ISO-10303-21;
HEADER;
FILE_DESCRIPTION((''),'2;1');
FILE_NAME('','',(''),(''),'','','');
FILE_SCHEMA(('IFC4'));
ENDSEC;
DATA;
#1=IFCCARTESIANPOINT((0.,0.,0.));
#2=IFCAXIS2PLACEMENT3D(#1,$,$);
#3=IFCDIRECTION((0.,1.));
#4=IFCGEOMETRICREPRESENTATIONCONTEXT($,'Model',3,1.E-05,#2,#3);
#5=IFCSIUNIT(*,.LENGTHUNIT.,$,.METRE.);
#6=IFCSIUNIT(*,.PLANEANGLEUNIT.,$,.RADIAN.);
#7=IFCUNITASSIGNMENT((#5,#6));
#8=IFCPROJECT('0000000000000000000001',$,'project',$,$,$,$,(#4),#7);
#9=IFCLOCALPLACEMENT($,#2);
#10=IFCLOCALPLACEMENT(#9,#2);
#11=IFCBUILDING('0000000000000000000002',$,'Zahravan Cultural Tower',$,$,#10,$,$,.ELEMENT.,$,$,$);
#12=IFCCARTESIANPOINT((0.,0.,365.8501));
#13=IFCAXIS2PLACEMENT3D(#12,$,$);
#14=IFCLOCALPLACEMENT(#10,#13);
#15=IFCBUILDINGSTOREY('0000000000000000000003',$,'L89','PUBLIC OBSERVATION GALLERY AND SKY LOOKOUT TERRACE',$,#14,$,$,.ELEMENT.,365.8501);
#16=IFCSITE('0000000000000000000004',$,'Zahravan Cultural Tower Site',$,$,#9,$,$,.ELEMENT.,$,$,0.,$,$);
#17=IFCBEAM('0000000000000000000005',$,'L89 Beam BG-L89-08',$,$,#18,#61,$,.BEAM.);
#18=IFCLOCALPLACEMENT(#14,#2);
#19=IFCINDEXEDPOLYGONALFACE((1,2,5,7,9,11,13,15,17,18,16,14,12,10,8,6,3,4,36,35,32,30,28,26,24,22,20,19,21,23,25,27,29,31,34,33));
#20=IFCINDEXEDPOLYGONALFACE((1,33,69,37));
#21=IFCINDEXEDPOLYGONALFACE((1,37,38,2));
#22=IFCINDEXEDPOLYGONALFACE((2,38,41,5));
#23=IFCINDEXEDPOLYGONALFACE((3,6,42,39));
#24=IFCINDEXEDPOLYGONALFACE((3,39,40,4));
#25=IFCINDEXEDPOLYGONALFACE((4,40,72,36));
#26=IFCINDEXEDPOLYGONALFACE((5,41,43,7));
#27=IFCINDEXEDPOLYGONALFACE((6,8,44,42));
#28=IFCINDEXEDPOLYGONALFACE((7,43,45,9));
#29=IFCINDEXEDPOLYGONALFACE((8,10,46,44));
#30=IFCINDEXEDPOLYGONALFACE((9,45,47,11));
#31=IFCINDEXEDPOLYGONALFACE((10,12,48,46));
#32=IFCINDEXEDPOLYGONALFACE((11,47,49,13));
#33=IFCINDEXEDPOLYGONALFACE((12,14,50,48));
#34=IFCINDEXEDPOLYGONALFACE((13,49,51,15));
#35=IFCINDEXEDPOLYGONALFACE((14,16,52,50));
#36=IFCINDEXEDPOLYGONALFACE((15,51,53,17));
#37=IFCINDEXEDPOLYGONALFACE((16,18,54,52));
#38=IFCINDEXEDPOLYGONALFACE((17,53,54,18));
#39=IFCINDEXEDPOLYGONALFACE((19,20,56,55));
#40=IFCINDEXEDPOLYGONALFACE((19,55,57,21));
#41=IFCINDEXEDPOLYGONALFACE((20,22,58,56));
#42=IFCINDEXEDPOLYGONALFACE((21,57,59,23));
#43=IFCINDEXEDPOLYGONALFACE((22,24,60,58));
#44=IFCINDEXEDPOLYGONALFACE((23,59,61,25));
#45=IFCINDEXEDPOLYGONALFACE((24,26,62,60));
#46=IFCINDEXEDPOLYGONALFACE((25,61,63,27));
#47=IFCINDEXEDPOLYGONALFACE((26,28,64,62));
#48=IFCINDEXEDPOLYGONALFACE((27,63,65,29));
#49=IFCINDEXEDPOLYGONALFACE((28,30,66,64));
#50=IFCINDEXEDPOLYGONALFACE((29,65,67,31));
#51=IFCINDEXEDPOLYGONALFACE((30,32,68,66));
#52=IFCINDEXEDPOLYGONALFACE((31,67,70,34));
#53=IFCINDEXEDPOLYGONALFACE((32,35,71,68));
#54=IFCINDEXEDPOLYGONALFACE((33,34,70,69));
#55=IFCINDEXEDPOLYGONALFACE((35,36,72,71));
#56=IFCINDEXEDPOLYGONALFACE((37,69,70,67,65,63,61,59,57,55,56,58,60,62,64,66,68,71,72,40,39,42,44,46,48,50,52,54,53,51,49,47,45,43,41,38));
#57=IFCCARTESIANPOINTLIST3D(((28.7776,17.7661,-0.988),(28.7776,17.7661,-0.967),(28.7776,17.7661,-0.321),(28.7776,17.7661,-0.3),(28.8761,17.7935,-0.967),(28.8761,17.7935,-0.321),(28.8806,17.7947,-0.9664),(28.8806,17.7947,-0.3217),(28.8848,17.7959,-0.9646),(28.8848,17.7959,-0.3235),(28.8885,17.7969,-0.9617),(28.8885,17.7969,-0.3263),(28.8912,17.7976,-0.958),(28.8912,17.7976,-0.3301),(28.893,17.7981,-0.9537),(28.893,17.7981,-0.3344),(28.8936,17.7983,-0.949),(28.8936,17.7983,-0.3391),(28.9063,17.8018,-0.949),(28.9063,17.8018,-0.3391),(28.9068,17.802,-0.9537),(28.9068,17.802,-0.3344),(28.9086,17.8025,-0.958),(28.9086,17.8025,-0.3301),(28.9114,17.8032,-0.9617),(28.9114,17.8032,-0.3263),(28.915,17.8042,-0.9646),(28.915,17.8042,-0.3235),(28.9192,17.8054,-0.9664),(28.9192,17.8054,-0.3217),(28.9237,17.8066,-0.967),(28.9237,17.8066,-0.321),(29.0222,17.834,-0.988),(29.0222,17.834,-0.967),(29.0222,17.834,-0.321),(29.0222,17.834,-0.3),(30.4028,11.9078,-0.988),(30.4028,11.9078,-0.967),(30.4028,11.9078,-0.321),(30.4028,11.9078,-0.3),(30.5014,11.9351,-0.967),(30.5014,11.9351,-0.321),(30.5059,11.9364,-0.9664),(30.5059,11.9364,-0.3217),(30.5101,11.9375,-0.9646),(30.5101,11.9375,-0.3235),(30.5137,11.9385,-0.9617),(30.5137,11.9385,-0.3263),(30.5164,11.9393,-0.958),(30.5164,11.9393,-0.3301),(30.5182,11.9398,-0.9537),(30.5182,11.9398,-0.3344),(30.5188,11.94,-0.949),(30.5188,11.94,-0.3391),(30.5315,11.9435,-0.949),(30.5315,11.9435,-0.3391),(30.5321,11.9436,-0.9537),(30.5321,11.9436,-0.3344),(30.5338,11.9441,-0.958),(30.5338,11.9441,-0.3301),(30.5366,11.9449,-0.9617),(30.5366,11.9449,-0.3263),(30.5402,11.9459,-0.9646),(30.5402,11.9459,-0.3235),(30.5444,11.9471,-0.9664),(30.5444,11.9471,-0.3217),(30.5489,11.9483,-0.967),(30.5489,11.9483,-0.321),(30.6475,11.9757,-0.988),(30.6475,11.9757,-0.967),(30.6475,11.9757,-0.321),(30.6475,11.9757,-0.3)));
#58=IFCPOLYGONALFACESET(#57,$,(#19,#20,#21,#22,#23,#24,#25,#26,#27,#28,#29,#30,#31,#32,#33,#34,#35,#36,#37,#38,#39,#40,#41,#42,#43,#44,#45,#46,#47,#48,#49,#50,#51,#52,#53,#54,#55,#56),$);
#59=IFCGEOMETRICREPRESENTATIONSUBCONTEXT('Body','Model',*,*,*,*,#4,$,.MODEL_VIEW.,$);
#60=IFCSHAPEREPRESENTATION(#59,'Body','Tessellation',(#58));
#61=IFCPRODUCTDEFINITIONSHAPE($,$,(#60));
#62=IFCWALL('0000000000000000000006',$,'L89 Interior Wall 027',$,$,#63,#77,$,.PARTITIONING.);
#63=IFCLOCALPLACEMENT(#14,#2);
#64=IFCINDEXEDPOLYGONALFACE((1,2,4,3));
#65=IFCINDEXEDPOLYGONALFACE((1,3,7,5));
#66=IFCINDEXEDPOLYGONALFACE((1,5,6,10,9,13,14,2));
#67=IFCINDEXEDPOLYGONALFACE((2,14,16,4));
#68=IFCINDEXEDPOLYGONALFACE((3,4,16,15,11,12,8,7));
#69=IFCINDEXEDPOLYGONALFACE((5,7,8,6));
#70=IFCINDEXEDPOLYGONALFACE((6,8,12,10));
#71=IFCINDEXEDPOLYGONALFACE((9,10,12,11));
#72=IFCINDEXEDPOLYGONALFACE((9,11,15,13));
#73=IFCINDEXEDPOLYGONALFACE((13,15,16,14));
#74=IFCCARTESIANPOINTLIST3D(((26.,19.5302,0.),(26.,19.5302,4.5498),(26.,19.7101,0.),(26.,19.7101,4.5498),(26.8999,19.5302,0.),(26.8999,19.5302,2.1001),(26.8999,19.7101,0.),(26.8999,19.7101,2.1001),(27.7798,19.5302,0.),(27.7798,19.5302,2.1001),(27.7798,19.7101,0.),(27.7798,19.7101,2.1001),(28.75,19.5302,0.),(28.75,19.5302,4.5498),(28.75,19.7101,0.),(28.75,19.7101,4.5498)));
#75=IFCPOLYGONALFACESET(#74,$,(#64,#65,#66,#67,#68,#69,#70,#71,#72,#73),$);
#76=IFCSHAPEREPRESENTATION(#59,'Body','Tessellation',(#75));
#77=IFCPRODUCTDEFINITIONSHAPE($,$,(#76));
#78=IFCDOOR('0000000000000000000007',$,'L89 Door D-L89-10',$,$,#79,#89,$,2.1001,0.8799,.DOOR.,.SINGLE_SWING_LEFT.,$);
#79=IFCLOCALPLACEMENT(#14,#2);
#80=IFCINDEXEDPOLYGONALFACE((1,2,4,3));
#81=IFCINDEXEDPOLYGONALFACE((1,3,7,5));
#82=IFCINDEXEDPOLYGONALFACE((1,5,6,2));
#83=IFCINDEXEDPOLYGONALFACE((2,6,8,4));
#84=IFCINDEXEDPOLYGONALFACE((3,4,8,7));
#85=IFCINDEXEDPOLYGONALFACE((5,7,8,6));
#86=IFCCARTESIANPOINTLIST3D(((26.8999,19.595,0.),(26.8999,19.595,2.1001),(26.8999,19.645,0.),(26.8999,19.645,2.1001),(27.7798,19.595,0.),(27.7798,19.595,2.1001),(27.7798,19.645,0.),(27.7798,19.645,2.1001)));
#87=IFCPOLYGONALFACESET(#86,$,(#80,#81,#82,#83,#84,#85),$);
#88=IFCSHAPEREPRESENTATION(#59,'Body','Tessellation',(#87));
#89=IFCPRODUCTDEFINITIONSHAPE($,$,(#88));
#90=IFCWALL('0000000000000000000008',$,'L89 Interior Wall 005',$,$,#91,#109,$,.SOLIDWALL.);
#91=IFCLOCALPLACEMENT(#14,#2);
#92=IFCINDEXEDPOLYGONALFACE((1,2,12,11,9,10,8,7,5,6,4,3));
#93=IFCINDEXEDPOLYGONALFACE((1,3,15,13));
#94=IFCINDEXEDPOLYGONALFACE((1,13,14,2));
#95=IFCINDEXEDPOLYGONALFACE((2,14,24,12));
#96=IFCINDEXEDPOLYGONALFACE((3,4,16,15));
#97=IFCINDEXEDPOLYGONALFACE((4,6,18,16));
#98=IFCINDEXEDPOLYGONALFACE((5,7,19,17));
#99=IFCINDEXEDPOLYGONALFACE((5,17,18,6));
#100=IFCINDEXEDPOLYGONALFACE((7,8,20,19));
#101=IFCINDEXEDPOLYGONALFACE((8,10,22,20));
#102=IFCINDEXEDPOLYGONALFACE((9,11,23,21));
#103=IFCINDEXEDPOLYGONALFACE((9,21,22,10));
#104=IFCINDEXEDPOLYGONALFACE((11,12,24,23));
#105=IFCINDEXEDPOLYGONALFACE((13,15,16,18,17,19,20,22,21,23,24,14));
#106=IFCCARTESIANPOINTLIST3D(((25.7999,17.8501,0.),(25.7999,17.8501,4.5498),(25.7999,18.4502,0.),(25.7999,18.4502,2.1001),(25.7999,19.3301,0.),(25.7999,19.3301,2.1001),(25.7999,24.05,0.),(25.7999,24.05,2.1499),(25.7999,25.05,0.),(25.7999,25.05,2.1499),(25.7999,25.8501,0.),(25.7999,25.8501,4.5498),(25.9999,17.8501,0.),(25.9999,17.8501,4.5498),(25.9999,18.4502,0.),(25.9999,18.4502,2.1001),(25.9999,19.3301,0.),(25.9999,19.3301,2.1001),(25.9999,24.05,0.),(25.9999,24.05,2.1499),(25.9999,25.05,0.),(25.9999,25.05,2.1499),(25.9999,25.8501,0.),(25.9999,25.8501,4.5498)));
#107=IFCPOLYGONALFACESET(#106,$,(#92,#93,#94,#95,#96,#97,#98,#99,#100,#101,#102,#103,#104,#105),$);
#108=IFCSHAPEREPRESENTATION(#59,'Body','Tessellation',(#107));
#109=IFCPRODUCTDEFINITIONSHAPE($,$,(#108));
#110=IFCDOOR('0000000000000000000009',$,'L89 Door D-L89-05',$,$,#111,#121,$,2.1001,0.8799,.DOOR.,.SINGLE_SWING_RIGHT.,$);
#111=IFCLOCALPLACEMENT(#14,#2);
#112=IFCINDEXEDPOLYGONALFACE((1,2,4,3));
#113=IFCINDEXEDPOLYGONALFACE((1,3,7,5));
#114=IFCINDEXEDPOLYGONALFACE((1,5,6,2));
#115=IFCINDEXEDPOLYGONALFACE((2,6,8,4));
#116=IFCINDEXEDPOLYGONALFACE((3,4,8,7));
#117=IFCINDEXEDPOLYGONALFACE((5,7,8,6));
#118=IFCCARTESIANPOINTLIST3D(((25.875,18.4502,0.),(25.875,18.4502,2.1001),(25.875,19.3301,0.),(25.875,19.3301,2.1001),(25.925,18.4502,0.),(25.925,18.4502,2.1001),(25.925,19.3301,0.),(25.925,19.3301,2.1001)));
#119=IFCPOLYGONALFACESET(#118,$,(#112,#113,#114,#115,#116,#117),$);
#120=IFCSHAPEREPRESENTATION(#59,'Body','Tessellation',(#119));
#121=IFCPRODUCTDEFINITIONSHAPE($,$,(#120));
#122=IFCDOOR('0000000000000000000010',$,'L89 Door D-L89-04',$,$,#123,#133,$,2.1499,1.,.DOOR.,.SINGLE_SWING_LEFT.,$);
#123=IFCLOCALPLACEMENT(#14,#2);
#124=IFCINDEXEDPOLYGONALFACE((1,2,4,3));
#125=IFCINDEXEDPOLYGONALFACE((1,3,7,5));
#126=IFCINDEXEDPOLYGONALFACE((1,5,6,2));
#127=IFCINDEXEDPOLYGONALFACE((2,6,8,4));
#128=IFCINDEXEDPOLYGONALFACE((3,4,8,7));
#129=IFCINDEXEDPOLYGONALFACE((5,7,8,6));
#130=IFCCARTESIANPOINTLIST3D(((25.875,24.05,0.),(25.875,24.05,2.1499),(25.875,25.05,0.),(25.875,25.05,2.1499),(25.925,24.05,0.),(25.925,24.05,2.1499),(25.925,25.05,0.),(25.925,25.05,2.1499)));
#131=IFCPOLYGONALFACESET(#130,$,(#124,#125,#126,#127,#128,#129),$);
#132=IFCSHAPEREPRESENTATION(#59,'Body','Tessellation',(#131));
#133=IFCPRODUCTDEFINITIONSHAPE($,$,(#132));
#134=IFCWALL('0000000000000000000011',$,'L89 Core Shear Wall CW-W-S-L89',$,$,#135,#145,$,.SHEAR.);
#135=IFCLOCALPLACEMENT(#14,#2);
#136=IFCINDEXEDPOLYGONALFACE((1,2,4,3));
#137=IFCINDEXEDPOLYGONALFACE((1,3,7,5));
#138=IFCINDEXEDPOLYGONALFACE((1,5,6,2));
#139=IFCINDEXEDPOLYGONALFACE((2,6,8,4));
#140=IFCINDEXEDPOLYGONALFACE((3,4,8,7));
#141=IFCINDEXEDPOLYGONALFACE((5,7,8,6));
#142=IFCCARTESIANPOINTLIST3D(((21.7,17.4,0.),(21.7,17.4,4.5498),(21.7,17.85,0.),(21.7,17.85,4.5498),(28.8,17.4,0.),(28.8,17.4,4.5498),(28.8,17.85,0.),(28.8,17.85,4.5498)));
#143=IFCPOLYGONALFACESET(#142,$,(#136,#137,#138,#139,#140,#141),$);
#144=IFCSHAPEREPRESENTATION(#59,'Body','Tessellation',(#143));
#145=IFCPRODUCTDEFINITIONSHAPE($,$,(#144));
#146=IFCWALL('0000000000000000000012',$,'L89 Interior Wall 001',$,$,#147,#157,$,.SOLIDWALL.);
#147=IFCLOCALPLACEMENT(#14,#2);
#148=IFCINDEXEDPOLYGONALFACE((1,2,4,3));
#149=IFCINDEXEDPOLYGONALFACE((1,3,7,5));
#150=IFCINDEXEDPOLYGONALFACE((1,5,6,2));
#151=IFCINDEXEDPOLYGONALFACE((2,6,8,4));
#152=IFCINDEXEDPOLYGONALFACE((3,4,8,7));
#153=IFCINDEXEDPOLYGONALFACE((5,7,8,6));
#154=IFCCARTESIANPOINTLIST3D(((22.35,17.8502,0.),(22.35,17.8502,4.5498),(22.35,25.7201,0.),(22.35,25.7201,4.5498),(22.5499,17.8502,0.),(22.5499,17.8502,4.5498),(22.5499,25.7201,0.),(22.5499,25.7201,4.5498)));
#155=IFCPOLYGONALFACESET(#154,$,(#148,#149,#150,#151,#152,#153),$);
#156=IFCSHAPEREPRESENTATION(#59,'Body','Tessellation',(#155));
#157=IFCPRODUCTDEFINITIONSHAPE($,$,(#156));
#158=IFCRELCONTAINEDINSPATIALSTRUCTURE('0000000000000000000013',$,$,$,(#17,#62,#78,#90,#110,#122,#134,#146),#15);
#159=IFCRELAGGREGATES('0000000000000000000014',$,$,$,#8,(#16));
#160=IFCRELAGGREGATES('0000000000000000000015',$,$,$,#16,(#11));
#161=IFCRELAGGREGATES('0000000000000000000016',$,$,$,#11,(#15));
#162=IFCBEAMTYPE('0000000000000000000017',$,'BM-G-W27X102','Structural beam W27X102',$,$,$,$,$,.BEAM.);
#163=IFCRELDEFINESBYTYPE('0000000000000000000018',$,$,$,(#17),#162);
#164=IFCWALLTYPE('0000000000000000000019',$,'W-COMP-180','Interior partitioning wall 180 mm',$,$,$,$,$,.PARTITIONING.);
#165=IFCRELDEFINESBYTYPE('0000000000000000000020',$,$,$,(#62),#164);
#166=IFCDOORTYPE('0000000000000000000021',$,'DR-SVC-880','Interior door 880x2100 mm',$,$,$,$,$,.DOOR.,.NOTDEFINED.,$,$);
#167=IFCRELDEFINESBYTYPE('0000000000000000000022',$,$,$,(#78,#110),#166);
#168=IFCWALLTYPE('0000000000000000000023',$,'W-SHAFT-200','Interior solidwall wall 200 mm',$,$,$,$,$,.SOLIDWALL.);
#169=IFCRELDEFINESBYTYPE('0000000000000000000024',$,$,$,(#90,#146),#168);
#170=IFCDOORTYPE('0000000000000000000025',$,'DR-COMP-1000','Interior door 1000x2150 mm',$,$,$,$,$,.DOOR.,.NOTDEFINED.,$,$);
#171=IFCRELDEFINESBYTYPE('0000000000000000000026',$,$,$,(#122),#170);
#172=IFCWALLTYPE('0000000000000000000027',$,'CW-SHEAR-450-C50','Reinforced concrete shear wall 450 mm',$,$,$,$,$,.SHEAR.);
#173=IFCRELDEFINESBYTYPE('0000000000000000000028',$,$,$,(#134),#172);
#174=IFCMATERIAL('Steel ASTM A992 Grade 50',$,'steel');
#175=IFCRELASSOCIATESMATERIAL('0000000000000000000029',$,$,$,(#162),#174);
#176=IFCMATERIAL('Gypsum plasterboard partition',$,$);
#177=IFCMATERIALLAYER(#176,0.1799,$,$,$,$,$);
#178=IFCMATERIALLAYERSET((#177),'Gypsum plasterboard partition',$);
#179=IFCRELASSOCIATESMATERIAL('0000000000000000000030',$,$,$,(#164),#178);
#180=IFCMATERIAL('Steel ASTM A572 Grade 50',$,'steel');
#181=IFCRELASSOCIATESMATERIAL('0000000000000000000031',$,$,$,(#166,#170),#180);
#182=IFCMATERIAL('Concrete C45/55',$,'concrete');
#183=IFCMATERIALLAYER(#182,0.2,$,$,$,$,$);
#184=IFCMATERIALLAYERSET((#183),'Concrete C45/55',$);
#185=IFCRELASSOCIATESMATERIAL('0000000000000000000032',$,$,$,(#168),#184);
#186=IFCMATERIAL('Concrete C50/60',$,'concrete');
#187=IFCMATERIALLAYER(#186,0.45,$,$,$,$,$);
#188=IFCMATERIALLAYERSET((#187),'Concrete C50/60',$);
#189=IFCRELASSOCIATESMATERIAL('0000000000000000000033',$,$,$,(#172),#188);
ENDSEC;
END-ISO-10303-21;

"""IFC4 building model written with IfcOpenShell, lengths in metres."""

from ifc_helpers import new_model, si_unit, direction, frame, frame_2d, origin, origin_2d, place, context, subcontext, project, spatial, rectangle, i_section, extrude, source, transform, mapped, material, layer, layer_set, material_profile, profile_set, type_object, element, fill, save


model = new_model("IFC4")

# Units and contexts
model_context = context("Model", 3, precision=1e-05, world=origin(), true_north=direction((0.0, 1.0)))
body_context = subcontext(model_context, "Body", "Model", "MODEL_VIEW")
ifc_project = project(units=[si_unit("LENGTHUNIT", "METRE"), si_unit("PLANEANGLEUNIT", "RADIAN")], contexts=[model_context])

# Site, building, storey
site_placement = place(None, origin())
site = spatial("IfcSite", under=ifc_project, at=site_placement, Name="Zahravan Cultural Tower Site", CompositionType="ELEMENT", RefElevation=0.0)
building_placement = place(site_placement, origin())
building = spatial("IfcBuilding", under=site, at=building_placement, Name="Zahravan Cultural Tower", CompositionType="ELEMENT")
storey_placement = place(building_placement, frame((0.0, 0.0, 365.8501)))
storey = spatial("IfcBuildingStorey", under=building, at=storey_placement, Name="L89", Description="PUBLIC OBSERVATION GALLERY AND SKY LOOKOUT TERRACE", CompositionType="ELEMENT", Elevation=365.8501)

# Shared definitions
ifc_material_1 = material(Name="Concrete C50/60", Category="concrete")

# Beam
ifc_material_2 = material(Name="Steel ASTM A992 Grade 50", Category="steel")
ifc_material_profile_1 = material_profile(ifc_material_2, i_section(OverallWidth=0.2539, OverallDepth=0.688, WebThickness=0.0132, FlangeThickness=0.021, FilletRadius=0.0181, at=origin_2d()), Name="W27X102")
ifc_profile_set_1 = profile_set([ifc_material_profile_1], Name="Steel ASTM A992 Grade 50")
beam_type_1 = type_object("IfcBeamType", Name="BM-G-W27X102", Description="Structural beam W27X102", PredefinedType="BEAM", material=ifc_profile_set_1)
shared_shape_1 = source(origin(), body_context, "Body", "SweptSolid", [
    extrude(i_section(OverallWidth=0.2539, OverallDepth=0.688, WebThickness=0.0132, FlangeThickness=0.021, FilletRadius=0.0181, at=origin_2d()), origin(), (0.0, 0.0, 1.0), 6.0796),
])
beam_1_placement = place(storey_placement, frame((28.8999, 17.8, -0.644), z_axis=(0.267325, -0.963606, 0.0), x_axis=(0.963606, 0.267325, 0.0)))
element("IfcBeam", 1, at=beam_1_placement, inside=storey, type_object=beam_type_1, Name="L89 Beam BG-L89-08", PredefinedType="BEAM", context=body_context, shape_type="MappedRepresentation", body=[
    mapped(shared_shape_1, transform((0.0, 0.0, 0.0), x_axis=(1.0, 0.0, 0.0), y_axis=(0.0, 1.0, 0.0), z_axis=(0.0, 0.0, 1.0), scale=1.0)),
])

# Wall, opening, door
ifc_material_3 = material(Name="Gypsum plasterboard partition")
ifc_layer_1 = layer(ifc_material_3, 0.1799)
ifc_layer_set_1 = layer_set([ifc_layer_1], Name="Gypsum plasterboard partition")
wall_type_1 = type_object("IfcWallType", Name="W-COMP-180", Description="Interior partitioning wall 180 mm", PredefinedType="PARTITIONING", material=ifc_layer_set_1)
wall_1_placement = place(storey_placement, frame((26.0, 19.6201, 0.0), z_axis=(0.0, 0.0, 1.0), x_axis=(1.0, 0.0, 0.0)))
wall_1 = element("IfcWall", 2, at=wall_1_placement, inside=storey, type_object=wall_type_1, Name="L89 Interior Wall 027", PredefinedType="PARTITIONING", context=body_context, shape_type="SweptSolid", body=[
    extrude(rectangle(XDim=2.75, YDim=0.1799, at=frame_2d((1.375, 0.0))), origin(), (0.0, 0.0, 1.0), 4.5498),
])
opening_1_placement = place(wall_1_placement, frame((0.8999, 0.0, 0.0)))
opening_1 = element("IfcOpeningElement", 3, at=opening_1_placement, cuts=wall_1, PredefinedType="OPENING", context=body_context, shape_type="SweptSolid", body=[
    extrude(rectangle(XDim=0.8799, YDim=2.1001, at=frame_2d((0.4399, 1.05))), frame((0.0, 0.0999, 0.0), z_axis=(0.0, -1.0, 0.0), x_axis=(1.0, 0.0, 0.0)), (0.0, 0.0, 1.0), 0.2),
])
ifc_material_4 = material(Name="Steel ASTM A572 Grade 50", Category="steel")
door_type_1 = type_object("IfcDoorType", Name="DR-SVC-880", Description="Interior door 880x2100 mm", OperationType="NOTDEFINED", PredefinedType="DOOR", material=ifc_material_4)
shared_shape_2 = source(origin(), body_context, "Body", "SweptSolid", [
    extrude(rectangle(XDim=0.8799, YDim=2.1001, at=frame_2d((0.4399, 1.05))), frame((0.0, 0.0249, 0.0), z_axis=(0.0, -1.0, 0.0), x_axis=(1.0, 0.0, 0.0)), (0.0, 0.0, 1.0), 0.05),
])
door_1_placement = place(opening_1_placement, origin())
door_1 = element("IfcDoor", 4, at=door_1_placement, inside=storey, type_object=door_type_1, Name="L89 Door D-L89-10", OperationType="SINGLE_SWING_LEFT", OverallHeight=2.1001, OverallWidth=0.8799, PredefinedType="DOOR", context=body_context, shape_type="MappedRepresentation", body=[
    mapped(shared_shape_2, transform((0.0, 0.0, 0.0), x_axis=(1.0, 0.0, 0.0), y_axis=(0.0, 1.0, 0.0), z_axis=(0.0, 0.0, 1.0), scale=1.0)),
])
fill(opening_1, door_1)

# Wall, openings, doors
ifc_material_5 = material(Name="Concrete C45/55", Category="concrete")
ifc_layer_2 = layer(ifc_material_5, 0.2)
ifc_layer_set_2 = layer_set([ifc_layer_2], Name="Concrete C45/55")
wall_type_2 = type_object("IfcWallType", Name="W-SHAFT-200", Description="Interior solidwall wall 200 mm", PredefinedType="SOLIDWALL", material=ifc_layer_set_2)
wall_2_placement = place(storey_placement, frame((25.8999, 17.8501, 0.0), z_axis=(0.0, 0.0, 1.0), x_axis=(0.0, 1.0, 0.0)))
wall_2 = element("IfcWall", 5, at=wall_2_placement, inside=storey, type_object=wall_type_2, Name="L89 Interior Wall 005", PredefinedType="SOLIDWALL", context=body_context, shape_type="SweptSolid", body=[
    extrude(rectangle(XDim=8.0, YDim=0.2, at=frame_2d((4.0, 0.0))), origin(), (0.0, 0.0, 1.0), 4.5498),
])
opening_2_placement = place(wall_2_placement, frame((6.2, 0.0, 0.0)))
opening_2 = element("IfcOpeningElement", 6, at=opening_2_placement, cuts=wall_2, PredefinedType="OPENING", context=body_context, shape_type="SweptSolid", body=[
    extrude(rectangle(XDim=1.0, YDim=2.1499, at=frame_2d((0.5, 1.075))), frame((0.0, 0.1099, 0.0), z_axis=(0.0, -1.0, 0.0), x_axis=(1.0, 0.0, 0.0)), (0.0, 0.0, 1.0), 0.22),
])
opening_3_placement = place(wall_2_placement, frame((0.6001, 0.0, 0.0)))
opening_3 = element("IfcOpeningElement", 7, at=opening_3_placement, cuts=wall_2, PredefinedType="OPENING", context=body_context, shape_type="SweptSolid", body=[
    extrude(rectangle(XDim=0.8799, YDim=2.1001, at=frame_2d((0.4399, 1.05))), frame((0.0, 0.1099, 0.0), z_axis=(0.0, -1.0, 0.0), x_axis=(1.0, 0.0, 0.0)), (0.0, 0.0, 1.0), 0.22),
])
door_2_placement = place(opening_3_placement, origin())
door_2 = element("IfcDoor", 8, at=door_2_placement, inside=storey, type_object=door_type_1, Name="L89 Door D-L89-05", OperationType="SINGLE_SWING_RIGHT", OverallHeight=2.1001, OverallWidth=0.8799, PredefinedType="DOOR", context=body_context, shape_type="MappedRepresentation", body=[
    mapped(shared_shape_2, transform((0.0, 0.0, 0.0), x_axis=(1.0, 0.0, 0.0), y_axis=(0.0, 1.0, 0.0), z_axis=(0.0, 0.0, 1.0), scale=1.0)),
])
fill(opening_3, door_2)
door_type_2 = type_object("IfcDoorType", Name="DR-COMP-1000", Description="Interior door 1000x2150 mm", OperationType="NOTDEFINED", PredefinedType="DOOR", material=ifc_material_4)
shared_shape_3 = source(origin(), body_context, "Body", "SweptSolid", [
    extrude(rectangle(XDim=1.0, YDim=2.1499, at=frame_2d((0.5, 1.075))), frame((0.0, 0.0249, 0.0), z_axis=(0.0, -1.0, 0.0), x_axis=(1.0, 0.0, 0.0)), (0.0, 0.0, 1.0), 0.05),
])
door_3_placement = place(opening_2_placement, origin())
door_3 = element("IfcDoor", 9, at=door_3_placement, inside=storey, type_object=door_type_2, Name="L89 Door D-L89-04", OperationType="SINGLE_SWING_LEFT", OverallHeight=2.1499, OverallWidth=1.0, PredefinedType="DOOR", context=body_context, shape_type="MappedRepresentation", body=[
    mapped(shared_shape_3, transform((0.0, 0.0, 0.0), x_axis=(1.0, 0.0, 0.0), y_axis=(0.0, 1.0, 0.0), z_axis=(0.0, 0.0, 1.0), scale=1.0)),
])
fill(opening_2, door_3)

# Walls
ifc_layer_3 = layer(ifc_material_1, 0.45)
ifc_layer_set_3 = layer_set([ifc_layer_3], Name="Concrete C50/60")
wall_type_3 = type_object("IfcWallType", Name="CW-SHEAR-450-C50", Description="Reinforced concrete shear wall 450 mm", PredefinedType="SHEAR", material=ifc_layer_set_3)
shared_shape_4 = source(origin(), body_context, "Body", "SweptSolid", [
    extrude(rectangle(XDim=7.1001, YDim=0.45, at=frame_2d((3.55, 0.0))), origin(), (0.0, 0.0, 1.0), 4.5498),
])
wall_3_placement = place(storey_placement, frame((21.7, 17.625, 0.0), z_axis=(0.0, 0.0, 1.0), x_axis=(1.0, 0.0, 0.0)))
element("IfcWall", 10, at=wall_3_placement, inside=storey, type_object=wall_type_3, Name="L89 Core Shear Wall CW-W-S-L89", PredefinedType="SHEAR", context=body_context, shape_type="MappedRepresentation", body=[
    mapped(shared_shape_4, transform((0.0, 0.0, 0.0), x_axis=(1.0, 0.0, 0.0), y_axis=(0.0, 1.0, 0.0), z_axis=(0.0, 0.0, 1.0), scale=1.0)),
])
shared_shape_5 = source(origin(), body_context, "Body", "SweptSolid", [
    extrude(rectangle(XDim=7.8699, YDim=0.2, at=frame_2d((3.9351, 0.0))), origin(), (0.0, 0.0, 1.0), 4.5498),
])
wall_4_placement = place(storey_placement, frame((22.45, 17.8501, 0.0), z_axis=(0.0, 0.0, 1.0), x_axis=(0.0, 1.0, 0.0)))
element("IfcWall", 11, at=wall_4_placement, inside=storey, type_object=wall_type_2, Name="L89 Interior Wall 001", PredefinedType="SOLIDWALL", context=body_context, shape_type="MappedRepresentation", body=[
    mapped(shared_shape_5, transform((0.0, 0.0, 0.0), x_axis=(1.0, 0.0, 0.0), y_axis=(0.0, 1.0, 0.0), z_axis=(0.0, 0.0, 1.0), scale=1.0)),
])

save(model, "model.ifc")
